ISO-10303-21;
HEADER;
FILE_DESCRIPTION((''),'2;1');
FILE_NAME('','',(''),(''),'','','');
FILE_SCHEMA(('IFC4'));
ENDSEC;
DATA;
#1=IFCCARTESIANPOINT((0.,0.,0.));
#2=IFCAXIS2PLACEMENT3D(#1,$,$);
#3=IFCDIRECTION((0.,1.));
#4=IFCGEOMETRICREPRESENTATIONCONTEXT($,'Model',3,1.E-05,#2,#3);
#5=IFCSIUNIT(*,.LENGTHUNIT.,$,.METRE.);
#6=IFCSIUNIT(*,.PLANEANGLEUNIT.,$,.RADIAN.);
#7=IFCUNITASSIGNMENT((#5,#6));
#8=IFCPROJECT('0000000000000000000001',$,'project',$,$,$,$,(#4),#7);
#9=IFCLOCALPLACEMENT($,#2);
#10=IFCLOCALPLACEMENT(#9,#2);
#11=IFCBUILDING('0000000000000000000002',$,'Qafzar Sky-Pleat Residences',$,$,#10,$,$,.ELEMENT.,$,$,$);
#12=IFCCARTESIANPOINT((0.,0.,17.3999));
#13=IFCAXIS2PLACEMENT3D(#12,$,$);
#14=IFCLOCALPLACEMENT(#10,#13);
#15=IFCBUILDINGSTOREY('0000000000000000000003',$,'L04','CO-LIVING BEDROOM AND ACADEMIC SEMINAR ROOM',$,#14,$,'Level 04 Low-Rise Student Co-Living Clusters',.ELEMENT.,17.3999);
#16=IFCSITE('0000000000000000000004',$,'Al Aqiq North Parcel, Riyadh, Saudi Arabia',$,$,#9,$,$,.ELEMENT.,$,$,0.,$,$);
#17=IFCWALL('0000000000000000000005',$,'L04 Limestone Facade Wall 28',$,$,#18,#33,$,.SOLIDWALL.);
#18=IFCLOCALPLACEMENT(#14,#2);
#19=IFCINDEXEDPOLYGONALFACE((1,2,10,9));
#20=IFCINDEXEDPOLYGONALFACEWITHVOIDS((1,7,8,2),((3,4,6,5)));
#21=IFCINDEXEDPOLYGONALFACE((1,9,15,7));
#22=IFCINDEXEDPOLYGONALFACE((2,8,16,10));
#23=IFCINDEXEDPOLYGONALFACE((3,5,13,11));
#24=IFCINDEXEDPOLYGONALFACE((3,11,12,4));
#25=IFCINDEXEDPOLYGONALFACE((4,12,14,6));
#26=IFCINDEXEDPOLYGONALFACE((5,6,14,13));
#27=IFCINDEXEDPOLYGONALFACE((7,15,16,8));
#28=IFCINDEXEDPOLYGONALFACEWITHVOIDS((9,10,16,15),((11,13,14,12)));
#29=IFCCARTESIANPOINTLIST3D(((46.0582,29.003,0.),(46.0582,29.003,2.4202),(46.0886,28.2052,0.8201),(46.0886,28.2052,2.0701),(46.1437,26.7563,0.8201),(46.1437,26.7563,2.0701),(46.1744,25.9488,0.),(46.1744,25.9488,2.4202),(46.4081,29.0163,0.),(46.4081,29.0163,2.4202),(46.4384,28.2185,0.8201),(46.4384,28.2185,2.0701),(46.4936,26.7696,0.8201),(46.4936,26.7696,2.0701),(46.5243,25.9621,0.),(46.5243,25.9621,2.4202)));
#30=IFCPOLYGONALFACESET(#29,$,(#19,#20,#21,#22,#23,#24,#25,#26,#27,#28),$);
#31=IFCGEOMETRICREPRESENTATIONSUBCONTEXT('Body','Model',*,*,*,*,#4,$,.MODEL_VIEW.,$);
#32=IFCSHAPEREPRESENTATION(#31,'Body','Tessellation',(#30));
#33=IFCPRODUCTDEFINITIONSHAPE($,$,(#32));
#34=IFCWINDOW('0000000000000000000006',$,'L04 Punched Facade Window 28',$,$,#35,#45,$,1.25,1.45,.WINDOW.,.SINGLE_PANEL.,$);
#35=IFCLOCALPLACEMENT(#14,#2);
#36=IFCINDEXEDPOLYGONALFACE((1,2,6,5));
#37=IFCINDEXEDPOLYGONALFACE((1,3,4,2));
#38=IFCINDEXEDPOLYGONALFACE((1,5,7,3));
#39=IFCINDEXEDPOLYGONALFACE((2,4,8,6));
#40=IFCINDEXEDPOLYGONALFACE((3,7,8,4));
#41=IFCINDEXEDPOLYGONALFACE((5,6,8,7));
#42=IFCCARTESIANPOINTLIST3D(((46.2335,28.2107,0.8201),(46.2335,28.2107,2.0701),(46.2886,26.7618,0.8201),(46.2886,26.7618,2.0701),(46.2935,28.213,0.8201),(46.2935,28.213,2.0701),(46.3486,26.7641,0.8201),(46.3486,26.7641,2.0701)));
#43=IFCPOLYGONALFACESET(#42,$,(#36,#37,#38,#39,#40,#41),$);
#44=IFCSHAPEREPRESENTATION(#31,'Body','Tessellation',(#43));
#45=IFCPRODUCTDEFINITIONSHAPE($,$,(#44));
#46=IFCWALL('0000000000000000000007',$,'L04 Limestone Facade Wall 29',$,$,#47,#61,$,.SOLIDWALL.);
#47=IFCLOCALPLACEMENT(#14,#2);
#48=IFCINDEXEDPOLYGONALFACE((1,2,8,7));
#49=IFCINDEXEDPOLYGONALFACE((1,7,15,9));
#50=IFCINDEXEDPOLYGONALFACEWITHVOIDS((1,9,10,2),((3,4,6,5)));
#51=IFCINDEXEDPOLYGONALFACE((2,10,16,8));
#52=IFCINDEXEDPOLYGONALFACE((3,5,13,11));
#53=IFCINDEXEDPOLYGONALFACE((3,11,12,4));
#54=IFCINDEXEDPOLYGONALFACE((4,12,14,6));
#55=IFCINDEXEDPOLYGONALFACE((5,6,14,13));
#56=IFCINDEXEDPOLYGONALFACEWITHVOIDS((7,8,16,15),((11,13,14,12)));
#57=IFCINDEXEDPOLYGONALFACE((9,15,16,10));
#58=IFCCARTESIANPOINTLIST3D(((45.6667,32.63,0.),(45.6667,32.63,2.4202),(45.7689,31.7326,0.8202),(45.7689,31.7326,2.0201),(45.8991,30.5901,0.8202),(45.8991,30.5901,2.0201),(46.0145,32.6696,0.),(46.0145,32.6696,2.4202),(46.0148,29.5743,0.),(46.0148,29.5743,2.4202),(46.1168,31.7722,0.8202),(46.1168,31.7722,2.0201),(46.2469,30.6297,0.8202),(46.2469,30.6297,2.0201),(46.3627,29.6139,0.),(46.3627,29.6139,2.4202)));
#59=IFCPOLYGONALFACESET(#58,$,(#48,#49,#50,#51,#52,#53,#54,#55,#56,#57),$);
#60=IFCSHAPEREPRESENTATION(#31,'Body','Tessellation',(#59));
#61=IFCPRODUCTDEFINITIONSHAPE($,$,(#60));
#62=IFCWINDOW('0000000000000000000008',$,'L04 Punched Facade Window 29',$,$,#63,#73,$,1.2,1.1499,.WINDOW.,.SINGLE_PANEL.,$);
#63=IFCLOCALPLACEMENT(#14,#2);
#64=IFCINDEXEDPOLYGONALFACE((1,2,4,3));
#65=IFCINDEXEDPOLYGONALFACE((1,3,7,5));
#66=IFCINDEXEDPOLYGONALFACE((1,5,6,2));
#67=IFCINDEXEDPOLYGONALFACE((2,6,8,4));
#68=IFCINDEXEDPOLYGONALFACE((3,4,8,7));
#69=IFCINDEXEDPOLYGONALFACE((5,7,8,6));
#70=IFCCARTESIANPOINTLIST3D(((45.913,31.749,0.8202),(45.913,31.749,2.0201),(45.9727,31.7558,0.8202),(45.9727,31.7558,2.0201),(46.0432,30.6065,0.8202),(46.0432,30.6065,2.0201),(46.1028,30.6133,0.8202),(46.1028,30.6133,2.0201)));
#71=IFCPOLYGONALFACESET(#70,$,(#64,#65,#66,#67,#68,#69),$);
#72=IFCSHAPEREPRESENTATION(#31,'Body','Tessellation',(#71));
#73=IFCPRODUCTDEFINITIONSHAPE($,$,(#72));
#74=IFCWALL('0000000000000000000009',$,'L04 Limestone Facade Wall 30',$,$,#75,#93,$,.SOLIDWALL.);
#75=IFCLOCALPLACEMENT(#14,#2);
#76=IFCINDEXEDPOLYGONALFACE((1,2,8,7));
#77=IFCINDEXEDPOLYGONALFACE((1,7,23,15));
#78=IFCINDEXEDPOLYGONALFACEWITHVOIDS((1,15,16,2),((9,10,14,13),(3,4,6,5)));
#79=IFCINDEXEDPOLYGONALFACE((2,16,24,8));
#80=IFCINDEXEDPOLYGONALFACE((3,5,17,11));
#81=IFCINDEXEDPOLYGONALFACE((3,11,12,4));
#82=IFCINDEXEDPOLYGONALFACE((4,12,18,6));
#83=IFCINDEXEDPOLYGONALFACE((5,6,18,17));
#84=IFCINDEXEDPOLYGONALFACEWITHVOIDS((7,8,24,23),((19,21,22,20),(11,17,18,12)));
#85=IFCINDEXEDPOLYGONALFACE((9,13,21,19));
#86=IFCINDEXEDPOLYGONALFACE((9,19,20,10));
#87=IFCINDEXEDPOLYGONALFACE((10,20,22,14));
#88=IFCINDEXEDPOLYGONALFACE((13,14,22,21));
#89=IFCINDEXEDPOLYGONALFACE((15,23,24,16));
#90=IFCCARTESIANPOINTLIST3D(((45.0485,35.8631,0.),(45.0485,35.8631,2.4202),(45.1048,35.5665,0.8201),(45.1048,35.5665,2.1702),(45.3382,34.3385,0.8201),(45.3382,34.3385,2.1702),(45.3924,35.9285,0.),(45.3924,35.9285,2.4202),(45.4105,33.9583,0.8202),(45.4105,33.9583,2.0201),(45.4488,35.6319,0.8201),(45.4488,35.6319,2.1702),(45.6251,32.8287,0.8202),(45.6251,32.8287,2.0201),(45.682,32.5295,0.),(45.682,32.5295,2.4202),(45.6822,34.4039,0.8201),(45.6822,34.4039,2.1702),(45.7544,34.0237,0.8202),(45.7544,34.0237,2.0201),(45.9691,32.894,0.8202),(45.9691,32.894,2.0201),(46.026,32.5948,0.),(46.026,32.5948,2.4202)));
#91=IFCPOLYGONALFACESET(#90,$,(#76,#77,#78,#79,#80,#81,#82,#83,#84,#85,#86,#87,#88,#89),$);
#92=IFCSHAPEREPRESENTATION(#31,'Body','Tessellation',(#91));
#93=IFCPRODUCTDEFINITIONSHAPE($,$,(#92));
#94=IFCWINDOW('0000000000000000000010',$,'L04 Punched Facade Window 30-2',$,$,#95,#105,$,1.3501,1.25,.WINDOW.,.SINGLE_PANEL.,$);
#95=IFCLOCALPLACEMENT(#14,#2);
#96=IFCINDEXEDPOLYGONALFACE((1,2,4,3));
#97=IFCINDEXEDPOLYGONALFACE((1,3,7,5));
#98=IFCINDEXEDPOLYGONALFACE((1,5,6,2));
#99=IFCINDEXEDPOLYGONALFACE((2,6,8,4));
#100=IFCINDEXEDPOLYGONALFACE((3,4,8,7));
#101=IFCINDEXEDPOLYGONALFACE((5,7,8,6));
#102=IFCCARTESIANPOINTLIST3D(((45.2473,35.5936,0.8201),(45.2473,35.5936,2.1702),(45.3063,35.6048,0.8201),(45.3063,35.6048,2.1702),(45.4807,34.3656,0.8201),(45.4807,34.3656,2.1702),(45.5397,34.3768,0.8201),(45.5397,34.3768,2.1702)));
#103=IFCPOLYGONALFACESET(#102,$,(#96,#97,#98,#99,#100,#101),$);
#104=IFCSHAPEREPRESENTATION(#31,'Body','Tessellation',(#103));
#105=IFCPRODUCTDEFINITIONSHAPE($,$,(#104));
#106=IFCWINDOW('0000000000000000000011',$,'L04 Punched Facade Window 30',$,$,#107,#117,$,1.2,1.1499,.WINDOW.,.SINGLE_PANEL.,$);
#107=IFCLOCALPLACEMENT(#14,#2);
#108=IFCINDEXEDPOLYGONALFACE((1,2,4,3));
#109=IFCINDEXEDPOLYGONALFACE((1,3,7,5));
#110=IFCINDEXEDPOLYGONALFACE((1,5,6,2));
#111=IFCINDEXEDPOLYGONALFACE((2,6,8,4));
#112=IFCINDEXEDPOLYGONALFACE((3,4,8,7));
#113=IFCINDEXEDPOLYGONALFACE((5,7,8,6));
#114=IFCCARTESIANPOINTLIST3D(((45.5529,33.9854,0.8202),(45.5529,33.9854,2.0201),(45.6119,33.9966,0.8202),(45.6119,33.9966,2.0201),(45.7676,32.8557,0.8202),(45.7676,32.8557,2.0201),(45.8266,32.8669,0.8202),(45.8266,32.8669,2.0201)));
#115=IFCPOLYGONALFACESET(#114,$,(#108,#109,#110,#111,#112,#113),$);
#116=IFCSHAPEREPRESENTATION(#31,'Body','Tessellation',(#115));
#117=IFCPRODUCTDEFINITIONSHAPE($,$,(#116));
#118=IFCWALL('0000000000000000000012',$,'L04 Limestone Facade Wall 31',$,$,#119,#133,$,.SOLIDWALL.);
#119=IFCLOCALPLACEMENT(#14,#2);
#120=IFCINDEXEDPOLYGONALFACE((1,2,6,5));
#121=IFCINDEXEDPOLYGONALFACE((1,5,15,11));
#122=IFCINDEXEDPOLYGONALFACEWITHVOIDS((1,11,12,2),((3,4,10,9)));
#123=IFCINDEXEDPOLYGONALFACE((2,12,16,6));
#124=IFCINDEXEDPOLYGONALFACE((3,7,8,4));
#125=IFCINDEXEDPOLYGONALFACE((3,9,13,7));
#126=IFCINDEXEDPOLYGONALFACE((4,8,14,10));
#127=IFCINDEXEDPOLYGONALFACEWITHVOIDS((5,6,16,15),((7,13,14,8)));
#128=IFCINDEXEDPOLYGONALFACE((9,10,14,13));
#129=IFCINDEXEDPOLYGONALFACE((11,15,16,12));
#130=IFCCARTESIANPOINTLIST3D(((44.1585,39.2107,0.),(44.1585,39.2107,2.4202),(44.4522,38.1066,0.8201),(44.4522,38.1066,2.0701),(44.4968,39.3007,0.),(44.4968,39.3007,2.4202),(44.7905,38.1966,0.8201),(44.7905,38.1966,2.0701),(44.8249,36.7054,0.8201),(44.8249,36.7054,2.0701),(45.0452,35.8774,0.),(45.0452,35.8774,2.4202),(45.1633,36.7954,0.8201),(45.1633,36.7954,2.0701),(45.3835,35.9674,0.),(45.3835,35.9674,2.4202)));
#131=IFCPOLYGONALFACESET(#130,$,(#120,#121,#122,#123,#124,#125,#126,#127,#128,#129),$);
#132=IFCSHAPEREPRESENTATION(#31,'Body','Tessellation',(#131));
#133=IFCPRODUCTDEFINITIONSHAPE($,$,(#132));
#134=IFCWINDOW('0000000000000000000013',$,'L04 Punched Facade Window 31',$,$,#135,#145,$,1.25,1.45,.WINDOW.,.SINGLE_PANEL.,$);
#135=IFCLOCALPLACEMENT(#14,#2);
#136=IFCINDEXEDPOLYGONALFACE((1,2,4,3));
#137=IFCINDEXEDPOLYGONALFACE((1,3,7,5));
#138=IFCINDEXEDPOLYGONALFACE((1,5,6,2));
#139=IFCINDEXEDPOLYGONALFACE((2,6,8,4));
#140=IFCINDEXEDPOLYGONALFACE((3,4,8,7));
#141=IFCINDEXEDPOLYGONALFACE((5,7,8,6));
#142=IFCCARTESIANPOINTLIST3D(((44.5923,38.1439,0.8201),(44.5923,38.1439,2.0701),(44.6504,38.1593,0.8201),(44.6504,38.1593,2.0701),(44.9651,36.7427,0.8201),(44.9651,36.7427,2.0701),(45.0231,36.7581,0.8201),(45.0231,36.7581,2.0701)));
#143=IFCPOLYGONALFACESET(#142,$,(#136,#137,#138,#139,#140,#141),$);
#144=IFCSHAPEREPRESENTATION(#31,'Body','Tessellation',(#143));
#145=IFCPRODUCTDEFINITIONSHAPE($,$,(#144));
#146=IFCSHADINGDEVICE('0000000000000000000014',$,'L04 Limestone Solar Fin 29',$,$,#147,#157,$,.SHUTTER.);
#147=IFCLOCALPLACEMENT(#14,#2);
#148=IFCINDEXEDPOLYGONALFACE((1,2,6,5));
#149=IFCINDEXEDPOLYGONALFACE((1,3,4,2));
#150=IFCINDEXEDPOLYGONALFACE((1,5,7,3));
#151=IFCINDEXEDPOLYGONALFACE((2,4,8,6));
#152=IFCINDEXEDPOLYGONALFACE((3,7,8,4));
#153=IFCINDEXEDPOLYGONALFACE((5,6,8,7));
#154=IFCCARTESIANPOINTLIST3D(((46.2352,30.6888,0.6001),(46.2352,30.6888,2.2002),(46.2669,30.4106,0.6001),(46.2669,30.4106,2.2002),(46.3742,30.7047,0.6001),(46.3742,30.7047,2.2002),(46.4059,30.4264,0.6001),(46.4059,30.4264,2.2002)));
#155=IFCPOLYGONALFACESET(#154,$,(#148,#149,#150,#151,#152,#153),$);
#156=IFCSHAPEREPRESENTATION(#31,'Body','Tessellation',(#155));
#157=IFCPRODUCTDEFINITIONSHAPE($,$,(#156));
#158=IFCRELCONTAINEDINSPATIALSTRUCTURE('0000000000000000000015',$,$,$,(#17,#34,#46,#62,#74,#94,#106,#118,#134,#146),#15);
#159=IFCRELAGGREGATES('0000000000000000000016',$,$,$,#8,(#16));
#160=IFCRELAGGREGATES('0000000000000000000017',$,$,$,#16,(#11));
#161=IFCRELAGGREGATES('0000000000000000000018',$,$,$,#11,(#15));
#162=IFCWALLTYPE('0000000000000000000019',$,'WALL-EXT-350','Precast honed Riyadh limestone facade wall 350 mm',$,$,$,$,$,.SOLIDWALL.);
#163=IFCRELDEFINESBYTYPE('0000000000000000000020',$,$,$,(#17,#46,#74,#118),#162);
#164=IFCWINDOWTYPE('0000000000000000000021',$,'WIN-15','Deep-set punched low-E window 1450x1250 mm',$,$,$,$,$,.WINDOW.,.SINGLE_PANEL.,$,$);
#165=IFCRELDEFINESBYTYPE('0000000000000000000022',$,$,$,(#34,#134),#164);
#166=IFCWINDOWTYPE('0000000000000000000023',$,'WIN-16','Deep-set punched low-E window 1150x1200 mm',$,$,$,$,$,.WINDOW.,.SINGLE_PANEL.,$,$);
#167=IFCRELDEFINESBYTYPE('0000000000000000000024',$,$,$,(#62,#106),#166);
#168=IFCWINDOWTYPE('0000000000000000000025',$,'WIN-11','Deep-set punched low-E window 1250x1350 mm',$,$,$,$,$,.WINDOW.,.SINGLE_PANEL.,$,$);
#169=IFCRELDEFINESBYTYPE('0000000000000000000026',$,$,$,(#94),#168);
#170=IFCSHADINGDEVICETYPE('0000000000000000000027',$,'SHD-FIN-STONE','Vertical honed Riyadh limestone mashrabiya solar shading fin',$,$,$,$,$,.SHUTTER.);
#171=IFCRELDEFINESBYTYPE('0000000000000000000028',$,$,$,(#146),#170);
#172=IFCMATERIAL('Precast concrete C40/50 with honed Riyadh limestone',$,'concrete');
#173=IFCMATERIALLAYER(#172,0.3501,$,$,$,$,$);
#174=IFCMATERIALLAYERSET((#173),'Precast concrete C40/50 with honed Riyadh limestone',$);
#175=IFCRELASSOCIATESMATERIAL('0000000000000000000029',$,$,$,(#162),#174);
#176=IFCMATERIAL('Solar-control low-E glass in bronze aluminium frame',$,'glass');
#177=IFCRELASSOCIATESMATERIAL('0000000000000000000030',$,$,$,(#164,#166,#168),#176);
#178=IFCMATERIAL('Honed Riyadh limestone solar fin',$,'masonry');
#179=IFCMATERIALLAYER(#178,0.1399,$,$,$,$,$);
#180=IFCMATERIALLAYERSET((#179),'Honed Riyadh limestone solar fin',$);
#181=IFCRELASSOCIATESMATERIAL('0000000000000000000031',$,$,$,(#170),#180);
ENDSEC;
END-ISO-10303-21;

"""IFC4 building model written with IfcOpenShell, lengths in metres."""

from ifc_helpers import new_model, si_unit, direction, frame, frame_2d, origin, origin_2d, place, context, subcontext, project, spatial, rectangle, extrude, source, transform, mapped, material, layer, layer_set, type_object, element, fill, save


model = new_model("IFC4")

# Units and contexts
model_context = context("Model", 3, precision=1e-05, world=origin(), true_north=direction((0.0, 1.0)))
body_context = subcontext(model_context, "Body", "Model", "MODEL_VIEW")
ifc_project = project(units=[si_unit("LENGTHUNIT", "METRE"), si_unit("PLANEANGLEUNIT", "RADIAN")], contexts=[model_context])

# Site, building, storey
site_placement = place(None, origin())
site = spatial("IfcSite", under=ifc_project, at=site_placement, Name="Al Aqiq North Parcel, Riyadh, Saudi Arabia", CompositionType="ELEMENT", RefElevation=0.0)
building_placement = place(site_placement, origin())
building = spatial("IfcBuilding", under=site, at=building_placement, Name="Qafzar Sky-Pleat Residences", CompositionType="ELEMENT")
storey_placement = place(building_placement, frame((0.0, 0.0, 17.3999)))
storey = spatial("IfcBuildingStorey", under=building, at=storey_placement, Name="L04", Description="CO-LIVING BEDROOM AND ACADEMIC SEMINAR ROOM", LongName="Level 04 Low-Rise Student Co-Living Clusters", CompositionType="ELEMENT", Elevation=17.3999)

# Walls, openings, windows
ifc_material_1 = material(Name="Precast concrete C40/50 with honed Riyadh limestone", Category="concrete")
ifc_layer_1 = layer(ifc_material_1, 0.3501)
ifc_layer_set_1 = layer_set([ifc_layer_1], Name="Precast concrete C40/50 with honed Riyadh limestone")
wall_type_1 = type_object("IfcWallType", Name="WALL-EXT-350", Description="Precast honed Riyadh limestone facade wall 350 mm", PredefinedType="SOLIDWALL", material=ifc_layer_set_1)
wall_1_placement = place(storey_placement, frame((46.3494, 25.9553, 0.0), z_axis=(0.0, 0.0, 1.0), x_axis=(-0.038022, 0.999277, 0.0)))
wall_1 = element("IfcWall", 1, at=wall_1_placement, inside=storey, type_object=wall_type_1, Name="L04 Limestone Facade Wall 28", PredefinedType="SOLIDWALL", context=body_context, shape_type="SweptSolid", body=[
    extrude(rectangle(XDim=3.0564, YDim=0.3501, at=frame_2d((1.5283, 0.0))), origin(), (0.0, 0.0, 1.0), 2.4202),
])
opening_1_placement = place(wall_1_placement, frame((0.8081, 0.0, 0.8201)))
opening_1 = element("IfcOpeningElement", 2, at=opening_1_placement, cuts=wall_1, PredefinedType="OPENING", context=body_context, shape_type="SweptSolid", body=[
    extrude(rectangle(XDim=1.45, YDim=1.25, at=frame_2d((0.7251, 0.625))), frame((0.0, 0.1851, 0.0), z_axis=(0.0, -1.0, 0.0), x_axis=(1.0, 0.0, 0.0)), (0.0, 0.0, 1.0), 0.3701),
])
ifc_material_2 = material(Name="Solar-control low-E glass in bronze aluminium frame", Category="glass")
window_type_1 = type_object("IfcWindowType", Name="WIN-15", Description="Deep-set punched low-E window 1450x1250 mm", PartitioningType="SINGLE_PANEL", PredefinedType="WINDOW", material=ifc_material_2)
shared_shape_1 = source(origin(), body_context, "Body", "SweptSolid", [
    extrude(rectangle(XDim=1.45, YDim=1.25, at=frame_2d((0.7251, 0.625))), frame((0.0, 0.03, 0.0), z_axis=(0.0, -1.0, 0.0), x_axis=(1.0, 0.0, 0.0)), (0.0, 0.0, 1.0), 0.0601),
])
window_1_placement = place(opening_1_placement, origin())
window_1 = element("IfcWindow", 3, at=window_1_placement, inside=storey, type_object=window_type_1, Name="L04 Punched Facade Window 28", OverallHeight=1.25, OverallWidth=1.45, PartitioningType="SINGLE_PANEL", PredefinedType="WINDOW", context=body_context, shape_type="MappedRepresentation", body=[
    mapped(shared_shape_1, transform((0.0, 0.0, 0.0), x_axis=(1.0, 0.0, 0.0), y_axis=(0.0, 1.0, 0.0), z_axis=(0.0, 0.0, 1.0), scale=1.0)),
])
fill(opening_1, window_1)
wall_2_placement = place(storey_placement, frame((46.1887, 29.5942, 0.0), z_axis=(0.0, 0.0, 1.0), x_axis=(-0.113202, 0.993572, 0.0)))
wall_2 = element("IfcWall", 4, at=wall_2_placement, inside=storey, type_object=wall_type_1, Name="L04 Limestone Facade Wall 29", PredefinedType="SOLIDWALL", context=body_context, shape_type="SweptSolid", body=[
    extrude(rectangle(XDim=3.0754, YDim=0.3501, at=frame_2d((1.5376, 0.0))), origin(), (0.0, 0.0, 1.0), 2.4202),
])
opening_2_placement = place(wall_2_placement, frame((1.0222, 0.0, 0.8201)))
opening_2 = element("IfcOpeningElement", 5, at=opening_2_placement, cuts=wall_2, PredefinedType="OPENING", context=body_context, shape_type="SweptSolid", body=[
    extrude(rectangle(XDim=1.1499, YDim=1.2, at=frame_2d((0.575, 0.6001))), frame((0.0, 0.1851, 0.0), z_axis=(0.0, -1.0, 0.0), x_axis=(1.0, 0.0, 0.0)), (0.0, 0.0, 1.0), 0.3701),
])
window_type_2 = type_object("IfcWindowType", Name="WIN-16", Description="Deep-set punched low-E window 1150x1200 mm", PartitioningType="SINGLE_PANEL", PredefinedType="WINDOW", material=ifc_material_2)
shared_shape_2 = source(origin(), body_context, "Body", "SweptSolid", [
    extrude(rectangle(XDim=1.1499, YDim=1.2, at=frame_2d((0.575, 0.6001))), frame((0.0, 0.03, 0.0), z_axis=(0.0, -1.0, 0.0), x_axis=(1.0, 0.0, 0.0)), (0.0, 0.0, 1.0), 0.0601),
])
window_2_placement = place(opening_2_placement, origin())
window_2 = element("IfcWindow", 6, at=window_2_placement, inside=storey, type_object=window_type_2, Name="L04 Punched Facade Window 29", OverallHeight=1.2, OverallWidth=1.1499, PartitioningType="SINGLE_PANEL", PredefinedType="WINDOW", context=body_context, shape_type="MappedRepresentation", body=[
    mapped(shared_shape_2, transform((0.0, 0.0, 0.0), x_axis=(1.0, 0.0, 0.0), y_axis=(0.0, 1.0, 0.0), z_axis=(0.0, 0.0, 1.0), scale=1.0)),
])
fill(opening_2, window_2)

# Wall, openings, windows
wall_3_placement = place(storey_placement, frame((45.854, 32.562, 0.0), z_axis=(0.0, 0.0, 1.0), x_axis=(-0.186699, 0.982417, 0.0)))
wall_3 = element("IfcWall", 7, at=wall_3_placement, inside=storey, type_object=wall_type_1, Name="L04 Limestone Facade Wall 30", PredefinedType="SOLIDWALL", context=body_context, shape_type="SweptSolid", body=[
    extrude(rectangle(XDim=3.3933, YDim=0.3501, at=frame_2d((1.6968, 0.0))), origin(), (0.0, 0.0, 1.0), 2.4202),
])
opening_3_placement = place(wall_3_placement, frame((0.3047, 0.0, 0.8201)))
opening_3 = element("IfcOpeningElement", 8, at=opening_3_placement, cuts=wall_3, PredefinedType="OPENING", context=body_context, shape_type="SweptSolid", body=[
    extrude(rectangle(XDim=1.1499, YDim=1.2, at=frame_2d((0.575, 0.6001))), frame((0.0, 0.1851, 0.0), z_axis=(0.0, -1.0, 0.0), x_axis=(1.0, 0.0, 0.0)), (0.0, 0.0, 1.0), 0.3701),
])
opening_4_placement = place(wall_3_placement, frame((1.8416, 0.0, 0.8201)))
opening_4 = element("IfcOpeningElement", 9, at=opening_4_placement, cuts=wall_3, PredefinedType="OPENING", context=body_context, shape_type="SweptSolid", body=[
    extrude(rectangle(XDim=1.25, YDim=1.3501, at=frame_2d((0.625, 0.675))), frame((0.0, 0.1851, 0.0), z_axis=(0.0, -1.0, 0.0), x_axis=(1.0, 0.0, 0.0)), (0.0, 0.0, 1.0), 0.3701),
])
window_type_3 = type_object("IfcWindowType", Name="WIN-11", Description="Deep-set punched low-E window 1250x1350 mm", PartitioningType="SINGLE_PANEL", PredefinedType="WINDOW", material=ifc_material_2)
shared_shape_3 = source(origin(), body_context, "Body", "SweptSolid", [
    extrude(rectangle(XDim=1.25, YDim=1.3501, at=frame_2d((0.625, 0.675))), frame((0.0, 0.03, 0.0), z_axis=(0.0, -1.0, 0.0), x_axis=(1.0, 0.0, 0.0)), (0.0, 0.0, 1.0), 0.0601),
])
window_3_placement = place(opening_4_placement, origin())
window_3 = element("IfcWindow", 10, at=window_3_placement, inside=storey, type_object=window_type_3, Name="L04 Punched Facade Window 30-2", OverallHeight=1.3501, OverallWidth=1.25, PartitioningType="SINGLE_PANEL", PredefinedType="WINDOW", context=body_context, shape_type="MappedRepresentation", body=[
    mapped(shared_shape_3, transform((0.0, 0.0, 0.0), x_axis=(1.0, 0.0, 0.0), y_axis=(0.0, 1.0, 0.0), z_axis=(0.0, 0.0, 1.0), scale=1.0)),
])
fill(opening_4, window_3)
window_4_placement = place(opening_3_placement, origin())
window_4 = element("IfcWindow", 11, at=window_4_placement, inside=storey, type_object=window_type_2, Name="L04 Punched Facade Window 30", OverallHeight=1.2, OverallWidth=1.1499, PartitioningType="SINGLE_PANEL", PredefinedType="WINDOW", context=body_context, shape_type="MappedRepresentation", body=[
    mapped(shared_shape_2, transform((0.0, 0.0, 0.0), x_axis=(1.0, 0.0, 0.0), y_axis=(0.0, 1.0, 0.0), z_axis=(0.0, 0.0, 1.0), scale=1.0)),
])
fill(opening_3, window_4)

# Wall, opening, window
wall_4_placement = place(storey_placement, frame((45.2144, 35.9224, 0.0), z_axis=(0.0, 0.0, 1.0), x_axis=(-0.257081, 0.96639, 0.0)))
wall_4 = element("IfcWall", 12, at=wall_4_placement, inside=storey, type_object=wall_type_1, Name="L04 Limestone Facade Wall 31", PredefinedType="SOLIDWALL", context=body_context, shape_type="SweptSolid", body=[
    extrude(rectangle(XDim=3.4492, YDim=0.3501, at=frame_2d((1.7246, 0.0))), origin(), (0.0, 0.0, 1.0), 2.4202),
])
opening_5_placement = place(wall_4_placement, frame((0.8567, 0.0, 0.8201)))
opening_5 = element("IfcOpeningElement", 13, at=opening_5_placement, cuts=wall_4, PredefinedType="OPENING", context=body_context, shape_type="SweptSolid", body=[
    extrude(rectangle(XDim=1.45, YDim=1.25, at=frame_2d((0.7251, 0.625))), frame((0.0, 0.1851, 0.0), z_axis=(0.0, -1.0, 0.0), x_axis=(1.0, 0.0, 0.0)), (0.0, 0.0, 1.0), 0.3701),
])
window_5_placement = place(opening_5_placement, origin())
window_5 = element("IfcWindow", 14, at=window_5_placement, inside=storey, type_object=window_type_1, Name="L04 Punched Facade Window 31", OverallHeight=1.25, OverallWidth=1.45, PartitioningType="SINGLE_PANEL", PredefinedType="WINDOW", context=body_context, shape_type="MappedRepresentation", body=[
    mapped(shared_shape_1, transform((0.0, 0.0, 0.0), x_axis=(1.0, 0.0, 0.0), y_axis=(0.0, 1.0, 0.0), z_axis=(0.0, 0.0, 1.0), scale=1.0)),
])
fill(opening_5, window_5)

# Shading device
ifc_material_3 = material(Name="Honed Riyadh limestone solar fin", Category="masonry")
ifc_layer_2 = layer(ifc_material_3, 0.1399)
ifc_layer_set_2 = layer_set([ifc_layer_2], Name="Honed Riyadh limestone solar fin")
shading_device_type = type_object("IfcShadingDeviceType", Name="SHD-FIN-STONE", Description="Vertical honed Riyadh limestone mashrabiya solar shading fin", PredefinedType="SHUTTER", material=ifc_layer_set_2)
shared_shape_4 = source(origin(), body_context, "Body", "SweptSolid", [
    extrude(rectangle(XDim=0.1399, YDim=0.28, at=origin_2d()), origin(), (0.0, 0.0, 1.0), 1.6001),
])
shading_device_placement = place(storey_placement, frame((46.3206, 30.5576, 0.6001), z_axis=(0.0, 0.0, 1.0), x_axis=(0.993565, 0.113259, 0.0)))
element("IfcShadingDevice", 15, at=shading_device_placement, inside=storey, type_object=shading_device_type, Name="L04 Limestone Solar Fin 29", PredefinedType="SHUTTER", context=body_context, shape_type="MappedRepresentation", body=[
    mapped(shared_shape_4, transform((0.0, 0.0, 0.0), x_axis=(1.0, 0.0, 0.0), y_axis=(0.0, 1.0, 0.0), z_axis=(0.0, 0.0, 1.0), scale=1.0)),
])

save(model, "model.ifc")
